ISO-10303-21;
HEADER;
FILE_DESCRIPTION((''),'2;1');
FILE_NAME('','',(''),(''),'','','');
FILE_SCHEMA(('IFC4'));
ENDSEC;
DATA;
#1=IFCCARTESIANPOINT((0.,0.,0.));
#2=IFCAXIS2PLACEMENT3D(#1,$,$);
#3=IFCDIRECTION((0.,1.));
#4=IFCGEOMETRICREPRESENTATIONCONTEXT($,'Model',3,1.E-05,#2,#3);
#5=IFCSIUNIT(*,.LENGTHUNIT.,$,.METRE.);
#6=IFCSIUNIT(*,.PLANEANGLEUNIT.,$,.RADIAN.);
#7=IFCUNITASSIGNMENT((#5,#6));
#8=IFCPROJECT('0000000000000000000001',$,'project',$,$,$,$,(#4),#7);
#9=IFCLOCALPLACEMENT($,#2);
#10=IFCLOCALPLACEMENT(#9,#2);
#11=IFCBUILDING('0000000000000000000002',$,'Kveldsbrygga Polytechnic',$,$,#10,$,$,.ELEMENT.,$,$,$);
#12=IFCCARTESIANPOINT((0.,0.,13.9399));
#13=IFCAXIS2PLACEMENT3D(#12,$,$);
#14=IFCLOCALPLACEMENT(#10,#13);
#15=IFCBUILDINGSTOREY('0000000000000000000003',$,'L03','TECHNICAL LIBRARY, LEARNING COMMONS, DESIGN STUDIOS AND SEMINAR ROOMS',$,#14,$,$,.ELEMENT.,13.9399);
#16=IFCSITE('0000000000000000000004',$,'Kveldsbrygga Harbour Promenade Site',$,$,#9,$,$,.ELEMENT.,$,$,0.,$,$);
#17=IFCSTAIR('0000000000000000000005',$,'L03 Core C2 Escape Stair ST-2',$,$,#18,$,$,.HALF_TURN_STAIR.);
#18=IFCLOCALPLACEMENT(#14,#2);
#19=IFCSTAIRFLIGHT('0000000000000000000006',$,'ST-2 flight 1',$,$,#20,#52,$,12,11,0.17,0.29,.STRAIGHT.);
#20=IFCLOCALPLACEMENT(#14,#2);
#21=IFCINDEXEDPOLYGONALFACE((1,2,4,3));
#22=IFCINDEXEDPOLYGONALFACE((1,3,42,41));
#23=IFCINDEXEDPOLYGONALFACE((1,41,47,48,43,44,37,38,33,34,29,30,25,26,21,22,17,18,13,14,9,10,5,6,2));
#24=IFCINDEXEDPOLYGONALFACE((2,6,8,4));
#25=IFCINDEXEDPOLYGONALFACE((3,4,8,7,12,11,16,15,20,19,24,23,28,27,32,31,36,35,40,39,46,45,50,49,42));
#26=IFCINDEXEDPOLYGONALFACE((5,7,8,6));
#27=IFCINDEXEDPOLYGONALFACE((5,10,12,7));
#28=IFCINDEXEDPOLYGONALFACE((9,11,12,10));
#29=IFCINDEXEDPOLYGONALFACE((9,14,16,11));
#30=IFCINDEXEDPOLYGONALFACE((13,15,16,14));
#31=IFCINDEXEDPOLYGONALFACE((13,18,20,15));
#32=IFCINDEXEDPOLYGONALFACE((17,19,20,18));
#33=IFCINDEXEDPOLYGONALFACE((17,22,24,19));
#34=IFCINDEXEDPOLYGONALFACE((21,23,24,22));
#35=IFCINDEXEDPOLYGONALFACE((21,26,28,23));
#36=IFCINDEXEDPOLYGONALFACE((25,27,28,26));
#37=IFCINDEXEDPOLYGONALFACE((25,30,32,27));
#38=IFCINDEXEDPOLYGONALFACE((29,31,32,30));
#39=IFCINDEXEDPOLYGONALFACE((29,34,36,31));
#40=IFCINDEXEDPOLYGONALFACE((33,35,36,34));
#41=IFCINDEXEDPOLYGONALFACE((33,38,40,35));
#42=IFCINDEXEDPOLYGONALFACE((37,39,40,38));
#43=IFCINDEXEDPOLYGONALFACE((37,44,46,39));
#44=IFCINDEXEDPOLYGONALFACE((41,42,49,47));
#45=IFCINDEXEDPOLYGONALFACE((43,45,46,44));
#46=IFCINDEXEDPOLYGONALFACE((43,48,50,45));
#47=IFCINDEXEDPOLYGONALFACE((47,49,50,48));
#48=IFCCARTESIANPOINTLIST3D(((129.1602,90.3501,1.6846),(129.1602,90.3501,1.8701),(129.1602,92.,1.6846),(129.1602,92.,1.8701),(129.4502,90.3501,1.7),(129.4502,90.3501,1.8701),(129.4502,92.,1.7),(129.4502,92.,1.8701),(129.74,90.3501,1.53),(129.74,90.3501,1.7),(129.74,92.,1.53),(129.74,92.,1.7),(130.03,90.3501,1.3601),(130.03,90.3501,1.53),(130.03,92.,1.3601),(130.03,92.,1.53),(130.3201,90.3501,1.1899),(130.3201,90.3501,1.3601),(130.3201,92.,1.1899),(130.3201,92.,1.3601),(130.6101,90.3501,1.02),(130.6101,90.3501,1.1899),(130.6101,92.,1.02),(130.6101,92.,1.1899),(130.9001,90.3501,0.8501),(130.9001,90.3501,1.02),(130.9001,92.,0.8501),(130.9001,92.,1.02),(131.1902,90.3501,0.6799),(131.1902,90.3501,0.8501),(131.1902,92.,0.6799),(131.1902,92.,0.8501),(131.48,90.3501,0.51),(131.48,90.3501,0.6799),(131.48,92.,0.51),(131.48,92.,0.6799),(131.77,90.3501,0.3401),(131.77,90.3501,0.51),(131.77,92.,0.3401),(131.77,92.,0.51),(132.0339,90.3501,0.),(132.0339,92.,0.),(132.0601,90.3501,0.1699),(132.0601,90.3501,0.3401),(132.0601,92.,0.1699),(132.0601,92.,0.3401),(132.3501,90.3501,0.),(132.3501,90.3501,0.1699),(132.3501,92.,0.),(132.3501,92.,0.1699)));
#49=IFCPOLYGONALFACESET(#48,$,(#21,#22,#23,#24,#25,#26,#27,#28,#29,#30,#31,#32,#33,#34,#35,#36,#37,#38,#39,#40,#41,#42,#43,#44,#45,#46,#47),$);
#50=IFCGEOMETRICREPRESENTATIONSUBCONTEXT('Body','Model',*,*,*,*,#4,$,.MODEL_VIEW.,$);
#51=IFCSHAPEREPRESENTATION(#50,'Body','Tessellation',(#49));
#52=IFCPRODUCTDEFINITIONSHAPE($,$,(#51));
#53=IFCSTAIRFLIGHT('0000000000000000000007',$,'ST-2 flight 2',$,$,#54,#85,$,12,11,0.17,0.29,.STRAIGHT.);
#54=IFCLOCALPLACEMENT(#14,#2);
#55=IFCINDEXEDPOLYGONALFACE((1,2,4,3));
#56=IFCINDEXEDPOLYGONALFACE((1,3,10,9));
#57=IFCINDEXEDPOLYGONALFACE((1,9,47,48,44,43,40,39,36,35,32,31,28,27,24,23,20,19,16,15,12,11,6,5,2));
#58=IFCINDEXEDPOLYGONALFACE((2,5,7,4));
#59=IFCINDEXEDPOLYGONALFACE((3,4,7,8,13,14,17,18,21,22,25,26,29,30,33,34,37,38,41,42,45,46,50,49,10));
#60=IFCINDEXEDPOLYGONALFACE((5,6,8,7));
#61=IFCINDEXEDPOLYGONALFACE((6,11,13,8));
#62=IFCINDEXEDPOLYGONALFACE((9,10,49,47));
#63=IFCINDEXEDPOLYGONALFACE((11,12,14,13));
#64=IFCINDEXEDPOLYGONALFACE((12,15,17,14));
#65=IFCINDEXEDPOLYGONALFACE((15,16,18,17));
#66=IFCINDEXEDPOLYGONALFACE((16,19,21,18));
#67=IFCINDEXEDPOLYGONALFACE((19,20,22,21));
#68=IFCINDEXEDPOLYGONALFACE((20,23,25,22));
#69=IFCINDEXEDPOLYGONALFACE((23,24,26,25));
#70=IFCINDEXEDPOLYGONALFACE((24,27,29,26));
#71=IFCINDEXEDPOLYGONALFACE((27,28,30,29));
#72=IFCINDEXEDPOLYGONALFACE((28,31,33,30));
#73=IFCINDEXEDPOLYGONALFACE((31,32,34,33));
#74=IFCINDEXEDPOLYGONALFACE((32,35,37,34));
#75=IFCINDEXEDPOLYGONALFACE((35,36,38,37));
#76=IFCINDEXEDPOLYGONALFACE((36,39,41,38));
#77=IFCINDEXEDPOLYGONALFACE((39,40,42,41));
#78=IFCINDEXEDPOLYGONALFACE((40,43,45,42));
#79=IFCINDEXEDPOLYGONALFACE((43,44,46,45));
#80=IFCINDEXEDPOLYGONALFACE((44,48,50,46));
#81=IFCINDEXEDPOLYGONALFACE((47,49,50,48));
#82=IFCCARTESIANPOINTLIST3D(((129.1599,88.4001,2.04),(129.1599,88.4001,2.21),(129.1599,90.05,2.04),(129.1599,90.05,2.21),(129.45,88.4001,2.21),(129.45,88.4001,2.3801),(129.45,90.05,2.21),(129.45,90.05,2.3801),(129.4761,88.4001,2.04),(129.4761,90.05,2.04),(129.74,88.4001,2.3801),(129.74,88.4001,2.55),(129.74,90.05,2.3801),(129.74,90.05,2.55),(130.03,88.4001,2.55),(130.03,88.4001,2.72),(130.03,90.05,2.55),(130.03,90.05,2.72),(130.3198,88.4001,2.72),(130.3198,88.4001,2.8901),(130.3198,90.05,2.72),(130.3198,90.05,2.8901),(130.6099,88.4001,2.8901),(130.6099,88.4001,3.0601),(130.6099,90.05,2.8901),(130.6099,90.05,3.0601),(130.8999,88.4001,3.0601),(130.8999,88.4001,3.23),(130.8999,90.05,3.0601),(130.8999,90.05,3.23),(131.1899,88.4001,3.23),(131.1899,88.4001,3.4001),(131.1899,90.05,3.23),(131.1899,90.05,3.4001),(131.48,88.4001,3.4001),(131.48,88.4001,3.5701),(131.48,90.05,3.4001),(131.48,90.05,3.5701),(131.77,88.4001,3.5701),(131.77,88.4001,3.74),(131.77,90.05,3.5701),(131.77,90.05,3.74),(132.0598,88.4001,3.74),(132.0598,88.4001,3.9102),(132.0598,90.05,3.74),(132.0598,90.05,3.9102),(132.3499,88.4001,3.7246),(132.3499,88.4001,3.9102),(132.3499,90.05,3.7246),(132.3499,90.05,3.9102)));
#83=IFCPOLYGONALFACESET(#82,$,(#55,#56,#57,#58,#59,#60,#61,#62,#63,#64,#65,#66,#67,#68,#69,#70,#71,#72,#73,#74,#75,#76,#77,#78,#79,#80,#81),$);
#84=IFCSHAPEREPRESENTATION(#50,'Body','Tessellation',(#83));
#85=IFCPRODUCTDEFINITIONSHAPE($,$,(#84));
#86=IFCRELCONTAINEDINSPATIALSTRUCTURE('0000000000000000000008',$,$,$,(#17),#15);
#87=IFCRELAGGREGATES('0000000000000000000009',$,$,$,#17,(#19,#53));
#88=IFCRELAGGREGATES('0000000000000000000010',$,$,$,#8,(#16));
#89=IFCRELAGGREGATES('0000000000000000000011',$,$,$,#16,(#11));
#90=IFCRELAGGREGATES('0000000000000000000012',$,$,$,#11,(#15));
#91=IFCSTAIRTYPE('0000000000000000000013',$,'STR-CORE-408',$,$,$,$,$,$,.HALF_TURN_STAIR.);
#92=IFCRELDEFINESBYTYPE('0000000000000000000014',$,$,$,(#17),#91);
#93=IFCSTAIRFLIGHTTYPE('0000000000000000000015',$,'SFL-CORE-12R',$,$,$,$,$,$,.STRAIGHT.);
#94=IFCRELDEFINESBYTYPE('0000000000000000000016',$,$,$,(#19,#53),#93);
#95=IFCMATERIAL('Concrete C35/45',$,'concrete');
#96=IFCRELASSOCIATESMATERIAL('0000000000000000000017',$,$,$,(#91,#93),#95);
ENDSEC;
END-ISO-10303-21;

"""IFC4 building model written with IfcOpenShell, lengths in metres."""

from ifc_helpers import new_model, si_unit, direction, frame, origin, place, context, subcontext, project, spatial, polyline, outline, extrude, material, type_object, element, aggregate, save


model = new_model("IFC4")

# Units and contexts
model_context = context("Model", 3, precision=1e-05, world=origin(), true_north=direction((0.0, 1.0)))
body_context = subcontext(model_context, "Body", "Model", "MODEL_VIEW")
ifc_project = project(units=[si_unit("LENGTHUNIT", "METRE"), si_unit("PLANEANGLEUNIT", "RADIAN")], contexts=[model_context])

# Site, building, storey
site_placement = place(None, origin())
site = spatial("IfcSite", under=ifc_project, at=site_placement, Name="Kveldsbrygga Harbour Promenade Site", CompositionType="ELEMENT", RefElevation=0.0)
building_placement = place(site_placement, origin())
building = spatial("IfcBuilding", under=site, at=building_placement, Name="Kveldsbrygga Polytechnic", CompositionType="ELEMENT")
storey_placement = place(building_placement, frame((0.0, 0.0, 13.9399)))
storey = spatial("IfcBuildingStorey", under=building, at=storey_placement, Name="L03", Description="TECHNICAL LIBRARY, LEARNING COMMONS, DESIGN STUDIOS AND SEMINAR ROOMS", CompositionType="ELEMENT", Elevation=13.9399)

# Shared definitions
ifc_material_1 = material(Name="Concrete C35/45", Category="concrete")

# Stair, stair flights
stair_type = type_object("IfcStairType", Name="STR-CORE-408", PredefinedType="HALF_TURN_STAIR", material=ifc_material_1)
stair_placement = place(storey_placement, origin())
stair = element("IfcStair", 1, at=stair_placement, inside=storey, type_object=stair_type, Name="L03 Core C2 Escape Stair ST-2", PredefinedType="HALF_TURN_STAIR")
stair_flight_type = type_object("IfcStairFlightType", Name="SFL-CORE-12R", PredefinedType="STRAIGHT", material=ifc_material_1)
stair_flight_1_placement = place(storey_placement, frame((132.3501, 91.175, 0.0), z_axis=(0.0, 0.0, 1.0), x_axis=(-1.0, 0.0, 0.0)))
stair_flight_1 = element("IfcStairFlight", 2, at=stair_flight_1_placement, type_object=stair_flight_type, Name="ST-2 flight 1", NumberOfRisers=12, NumberOfTreads=11, PredefinedType="STRAIGHT", RiserHeight=0.17, TreadLength=0.29, context=body_context, shape_type="SweptSolid", body=[
    extrude(outline(polyline([(0.0, 0.0), (0.0, 0.1699), (0.29, 0.1699), (0.29, 0.3401), (0.5801, 0.3401), (0.5801, 0.51), (0.8701, 0.51), (0.8701, 0.6799), (1.1599, 0.6799), (1.1599, 0.8501), (1.45, 0.8501), (1.45, 1.02), (1.74, 1.02), (1.74, 1.1899), (2.03, 1.1899), (2.03, 1.3601), (2.3201, 1.3601), (2.3201, 1.53), (2.6101, 1.53), (2.6101, 1.7), (2.8999, 1.7), (2.8999, 1.8701), (3.1899, 1.8701), (3.1899, 2.04), (3.1899, 1.6846), (0.3162, 0.0), (0.0, 0.0)])), frame((0.0, 0.825, 0.0), z_axis=(0.0, -1.0, 0.0), x_axis=(1.0, 0.0, 0.0)), (0.0, 0.0, 1.0), 1.6499),
])
stair_flight_2_placement = place(storey_placement, frame((129.1599, 89.2251, 2.04), z_axis=(0.0, 0.0, 1.0), x_axis=(1.0, 0.0, 0.0)))
stair_flight_2 = element("IfcStairFlight", 3, at=stair_flight_2_placement, type_object=stair_flight_type, Name="ST-2 flight 2", NumberOfRisers=12, NumberOfTreads=11, PredefinedType="STRAIGHT", RiserHeight=0.17, TreadLength=0.29, context=body_context, shape_type="SweptSolid", body=[
    extrude(outline(polyline([(0.0, 0.0), (0.0, 0.1699), (0.29, 0.1699), (0.29, 0.3401), (0.5801, 0.3401), (0.5801, 0.51), (0.8701, 0.51), (0.8701, 0.6799), (1.1599, 0.6799), (1.1599, 0.8501), (1.45, 0.8501), (1.45, 1.02), (1.74, 1.02), (1.74, 1.1899), (2.03, 1.1899), (2.03, 1.3601), (2.3201, 1.3601), (2.3201, 1.53), (2.6101, 1.53), (2.6101, 1.7), (2.8999, 1.7), (2.8999, 1.8701), (3.1899, 1.8701), (3.1899, 2.04), (3.1899, 1.6846), (0.3162, 0.0), (0.0, 0.0)])), frame((0.0, 0.825, 0.0), z_axis=(0.0, -1.0, 0.0), x_axis=(1.0, 0.0, 0.0)), (0.0, 0.0, 1.0), 1.6499),
])
aggregate(stair, [stair_flight_1, stair_flight_2])

save(model, "model.ifc")
